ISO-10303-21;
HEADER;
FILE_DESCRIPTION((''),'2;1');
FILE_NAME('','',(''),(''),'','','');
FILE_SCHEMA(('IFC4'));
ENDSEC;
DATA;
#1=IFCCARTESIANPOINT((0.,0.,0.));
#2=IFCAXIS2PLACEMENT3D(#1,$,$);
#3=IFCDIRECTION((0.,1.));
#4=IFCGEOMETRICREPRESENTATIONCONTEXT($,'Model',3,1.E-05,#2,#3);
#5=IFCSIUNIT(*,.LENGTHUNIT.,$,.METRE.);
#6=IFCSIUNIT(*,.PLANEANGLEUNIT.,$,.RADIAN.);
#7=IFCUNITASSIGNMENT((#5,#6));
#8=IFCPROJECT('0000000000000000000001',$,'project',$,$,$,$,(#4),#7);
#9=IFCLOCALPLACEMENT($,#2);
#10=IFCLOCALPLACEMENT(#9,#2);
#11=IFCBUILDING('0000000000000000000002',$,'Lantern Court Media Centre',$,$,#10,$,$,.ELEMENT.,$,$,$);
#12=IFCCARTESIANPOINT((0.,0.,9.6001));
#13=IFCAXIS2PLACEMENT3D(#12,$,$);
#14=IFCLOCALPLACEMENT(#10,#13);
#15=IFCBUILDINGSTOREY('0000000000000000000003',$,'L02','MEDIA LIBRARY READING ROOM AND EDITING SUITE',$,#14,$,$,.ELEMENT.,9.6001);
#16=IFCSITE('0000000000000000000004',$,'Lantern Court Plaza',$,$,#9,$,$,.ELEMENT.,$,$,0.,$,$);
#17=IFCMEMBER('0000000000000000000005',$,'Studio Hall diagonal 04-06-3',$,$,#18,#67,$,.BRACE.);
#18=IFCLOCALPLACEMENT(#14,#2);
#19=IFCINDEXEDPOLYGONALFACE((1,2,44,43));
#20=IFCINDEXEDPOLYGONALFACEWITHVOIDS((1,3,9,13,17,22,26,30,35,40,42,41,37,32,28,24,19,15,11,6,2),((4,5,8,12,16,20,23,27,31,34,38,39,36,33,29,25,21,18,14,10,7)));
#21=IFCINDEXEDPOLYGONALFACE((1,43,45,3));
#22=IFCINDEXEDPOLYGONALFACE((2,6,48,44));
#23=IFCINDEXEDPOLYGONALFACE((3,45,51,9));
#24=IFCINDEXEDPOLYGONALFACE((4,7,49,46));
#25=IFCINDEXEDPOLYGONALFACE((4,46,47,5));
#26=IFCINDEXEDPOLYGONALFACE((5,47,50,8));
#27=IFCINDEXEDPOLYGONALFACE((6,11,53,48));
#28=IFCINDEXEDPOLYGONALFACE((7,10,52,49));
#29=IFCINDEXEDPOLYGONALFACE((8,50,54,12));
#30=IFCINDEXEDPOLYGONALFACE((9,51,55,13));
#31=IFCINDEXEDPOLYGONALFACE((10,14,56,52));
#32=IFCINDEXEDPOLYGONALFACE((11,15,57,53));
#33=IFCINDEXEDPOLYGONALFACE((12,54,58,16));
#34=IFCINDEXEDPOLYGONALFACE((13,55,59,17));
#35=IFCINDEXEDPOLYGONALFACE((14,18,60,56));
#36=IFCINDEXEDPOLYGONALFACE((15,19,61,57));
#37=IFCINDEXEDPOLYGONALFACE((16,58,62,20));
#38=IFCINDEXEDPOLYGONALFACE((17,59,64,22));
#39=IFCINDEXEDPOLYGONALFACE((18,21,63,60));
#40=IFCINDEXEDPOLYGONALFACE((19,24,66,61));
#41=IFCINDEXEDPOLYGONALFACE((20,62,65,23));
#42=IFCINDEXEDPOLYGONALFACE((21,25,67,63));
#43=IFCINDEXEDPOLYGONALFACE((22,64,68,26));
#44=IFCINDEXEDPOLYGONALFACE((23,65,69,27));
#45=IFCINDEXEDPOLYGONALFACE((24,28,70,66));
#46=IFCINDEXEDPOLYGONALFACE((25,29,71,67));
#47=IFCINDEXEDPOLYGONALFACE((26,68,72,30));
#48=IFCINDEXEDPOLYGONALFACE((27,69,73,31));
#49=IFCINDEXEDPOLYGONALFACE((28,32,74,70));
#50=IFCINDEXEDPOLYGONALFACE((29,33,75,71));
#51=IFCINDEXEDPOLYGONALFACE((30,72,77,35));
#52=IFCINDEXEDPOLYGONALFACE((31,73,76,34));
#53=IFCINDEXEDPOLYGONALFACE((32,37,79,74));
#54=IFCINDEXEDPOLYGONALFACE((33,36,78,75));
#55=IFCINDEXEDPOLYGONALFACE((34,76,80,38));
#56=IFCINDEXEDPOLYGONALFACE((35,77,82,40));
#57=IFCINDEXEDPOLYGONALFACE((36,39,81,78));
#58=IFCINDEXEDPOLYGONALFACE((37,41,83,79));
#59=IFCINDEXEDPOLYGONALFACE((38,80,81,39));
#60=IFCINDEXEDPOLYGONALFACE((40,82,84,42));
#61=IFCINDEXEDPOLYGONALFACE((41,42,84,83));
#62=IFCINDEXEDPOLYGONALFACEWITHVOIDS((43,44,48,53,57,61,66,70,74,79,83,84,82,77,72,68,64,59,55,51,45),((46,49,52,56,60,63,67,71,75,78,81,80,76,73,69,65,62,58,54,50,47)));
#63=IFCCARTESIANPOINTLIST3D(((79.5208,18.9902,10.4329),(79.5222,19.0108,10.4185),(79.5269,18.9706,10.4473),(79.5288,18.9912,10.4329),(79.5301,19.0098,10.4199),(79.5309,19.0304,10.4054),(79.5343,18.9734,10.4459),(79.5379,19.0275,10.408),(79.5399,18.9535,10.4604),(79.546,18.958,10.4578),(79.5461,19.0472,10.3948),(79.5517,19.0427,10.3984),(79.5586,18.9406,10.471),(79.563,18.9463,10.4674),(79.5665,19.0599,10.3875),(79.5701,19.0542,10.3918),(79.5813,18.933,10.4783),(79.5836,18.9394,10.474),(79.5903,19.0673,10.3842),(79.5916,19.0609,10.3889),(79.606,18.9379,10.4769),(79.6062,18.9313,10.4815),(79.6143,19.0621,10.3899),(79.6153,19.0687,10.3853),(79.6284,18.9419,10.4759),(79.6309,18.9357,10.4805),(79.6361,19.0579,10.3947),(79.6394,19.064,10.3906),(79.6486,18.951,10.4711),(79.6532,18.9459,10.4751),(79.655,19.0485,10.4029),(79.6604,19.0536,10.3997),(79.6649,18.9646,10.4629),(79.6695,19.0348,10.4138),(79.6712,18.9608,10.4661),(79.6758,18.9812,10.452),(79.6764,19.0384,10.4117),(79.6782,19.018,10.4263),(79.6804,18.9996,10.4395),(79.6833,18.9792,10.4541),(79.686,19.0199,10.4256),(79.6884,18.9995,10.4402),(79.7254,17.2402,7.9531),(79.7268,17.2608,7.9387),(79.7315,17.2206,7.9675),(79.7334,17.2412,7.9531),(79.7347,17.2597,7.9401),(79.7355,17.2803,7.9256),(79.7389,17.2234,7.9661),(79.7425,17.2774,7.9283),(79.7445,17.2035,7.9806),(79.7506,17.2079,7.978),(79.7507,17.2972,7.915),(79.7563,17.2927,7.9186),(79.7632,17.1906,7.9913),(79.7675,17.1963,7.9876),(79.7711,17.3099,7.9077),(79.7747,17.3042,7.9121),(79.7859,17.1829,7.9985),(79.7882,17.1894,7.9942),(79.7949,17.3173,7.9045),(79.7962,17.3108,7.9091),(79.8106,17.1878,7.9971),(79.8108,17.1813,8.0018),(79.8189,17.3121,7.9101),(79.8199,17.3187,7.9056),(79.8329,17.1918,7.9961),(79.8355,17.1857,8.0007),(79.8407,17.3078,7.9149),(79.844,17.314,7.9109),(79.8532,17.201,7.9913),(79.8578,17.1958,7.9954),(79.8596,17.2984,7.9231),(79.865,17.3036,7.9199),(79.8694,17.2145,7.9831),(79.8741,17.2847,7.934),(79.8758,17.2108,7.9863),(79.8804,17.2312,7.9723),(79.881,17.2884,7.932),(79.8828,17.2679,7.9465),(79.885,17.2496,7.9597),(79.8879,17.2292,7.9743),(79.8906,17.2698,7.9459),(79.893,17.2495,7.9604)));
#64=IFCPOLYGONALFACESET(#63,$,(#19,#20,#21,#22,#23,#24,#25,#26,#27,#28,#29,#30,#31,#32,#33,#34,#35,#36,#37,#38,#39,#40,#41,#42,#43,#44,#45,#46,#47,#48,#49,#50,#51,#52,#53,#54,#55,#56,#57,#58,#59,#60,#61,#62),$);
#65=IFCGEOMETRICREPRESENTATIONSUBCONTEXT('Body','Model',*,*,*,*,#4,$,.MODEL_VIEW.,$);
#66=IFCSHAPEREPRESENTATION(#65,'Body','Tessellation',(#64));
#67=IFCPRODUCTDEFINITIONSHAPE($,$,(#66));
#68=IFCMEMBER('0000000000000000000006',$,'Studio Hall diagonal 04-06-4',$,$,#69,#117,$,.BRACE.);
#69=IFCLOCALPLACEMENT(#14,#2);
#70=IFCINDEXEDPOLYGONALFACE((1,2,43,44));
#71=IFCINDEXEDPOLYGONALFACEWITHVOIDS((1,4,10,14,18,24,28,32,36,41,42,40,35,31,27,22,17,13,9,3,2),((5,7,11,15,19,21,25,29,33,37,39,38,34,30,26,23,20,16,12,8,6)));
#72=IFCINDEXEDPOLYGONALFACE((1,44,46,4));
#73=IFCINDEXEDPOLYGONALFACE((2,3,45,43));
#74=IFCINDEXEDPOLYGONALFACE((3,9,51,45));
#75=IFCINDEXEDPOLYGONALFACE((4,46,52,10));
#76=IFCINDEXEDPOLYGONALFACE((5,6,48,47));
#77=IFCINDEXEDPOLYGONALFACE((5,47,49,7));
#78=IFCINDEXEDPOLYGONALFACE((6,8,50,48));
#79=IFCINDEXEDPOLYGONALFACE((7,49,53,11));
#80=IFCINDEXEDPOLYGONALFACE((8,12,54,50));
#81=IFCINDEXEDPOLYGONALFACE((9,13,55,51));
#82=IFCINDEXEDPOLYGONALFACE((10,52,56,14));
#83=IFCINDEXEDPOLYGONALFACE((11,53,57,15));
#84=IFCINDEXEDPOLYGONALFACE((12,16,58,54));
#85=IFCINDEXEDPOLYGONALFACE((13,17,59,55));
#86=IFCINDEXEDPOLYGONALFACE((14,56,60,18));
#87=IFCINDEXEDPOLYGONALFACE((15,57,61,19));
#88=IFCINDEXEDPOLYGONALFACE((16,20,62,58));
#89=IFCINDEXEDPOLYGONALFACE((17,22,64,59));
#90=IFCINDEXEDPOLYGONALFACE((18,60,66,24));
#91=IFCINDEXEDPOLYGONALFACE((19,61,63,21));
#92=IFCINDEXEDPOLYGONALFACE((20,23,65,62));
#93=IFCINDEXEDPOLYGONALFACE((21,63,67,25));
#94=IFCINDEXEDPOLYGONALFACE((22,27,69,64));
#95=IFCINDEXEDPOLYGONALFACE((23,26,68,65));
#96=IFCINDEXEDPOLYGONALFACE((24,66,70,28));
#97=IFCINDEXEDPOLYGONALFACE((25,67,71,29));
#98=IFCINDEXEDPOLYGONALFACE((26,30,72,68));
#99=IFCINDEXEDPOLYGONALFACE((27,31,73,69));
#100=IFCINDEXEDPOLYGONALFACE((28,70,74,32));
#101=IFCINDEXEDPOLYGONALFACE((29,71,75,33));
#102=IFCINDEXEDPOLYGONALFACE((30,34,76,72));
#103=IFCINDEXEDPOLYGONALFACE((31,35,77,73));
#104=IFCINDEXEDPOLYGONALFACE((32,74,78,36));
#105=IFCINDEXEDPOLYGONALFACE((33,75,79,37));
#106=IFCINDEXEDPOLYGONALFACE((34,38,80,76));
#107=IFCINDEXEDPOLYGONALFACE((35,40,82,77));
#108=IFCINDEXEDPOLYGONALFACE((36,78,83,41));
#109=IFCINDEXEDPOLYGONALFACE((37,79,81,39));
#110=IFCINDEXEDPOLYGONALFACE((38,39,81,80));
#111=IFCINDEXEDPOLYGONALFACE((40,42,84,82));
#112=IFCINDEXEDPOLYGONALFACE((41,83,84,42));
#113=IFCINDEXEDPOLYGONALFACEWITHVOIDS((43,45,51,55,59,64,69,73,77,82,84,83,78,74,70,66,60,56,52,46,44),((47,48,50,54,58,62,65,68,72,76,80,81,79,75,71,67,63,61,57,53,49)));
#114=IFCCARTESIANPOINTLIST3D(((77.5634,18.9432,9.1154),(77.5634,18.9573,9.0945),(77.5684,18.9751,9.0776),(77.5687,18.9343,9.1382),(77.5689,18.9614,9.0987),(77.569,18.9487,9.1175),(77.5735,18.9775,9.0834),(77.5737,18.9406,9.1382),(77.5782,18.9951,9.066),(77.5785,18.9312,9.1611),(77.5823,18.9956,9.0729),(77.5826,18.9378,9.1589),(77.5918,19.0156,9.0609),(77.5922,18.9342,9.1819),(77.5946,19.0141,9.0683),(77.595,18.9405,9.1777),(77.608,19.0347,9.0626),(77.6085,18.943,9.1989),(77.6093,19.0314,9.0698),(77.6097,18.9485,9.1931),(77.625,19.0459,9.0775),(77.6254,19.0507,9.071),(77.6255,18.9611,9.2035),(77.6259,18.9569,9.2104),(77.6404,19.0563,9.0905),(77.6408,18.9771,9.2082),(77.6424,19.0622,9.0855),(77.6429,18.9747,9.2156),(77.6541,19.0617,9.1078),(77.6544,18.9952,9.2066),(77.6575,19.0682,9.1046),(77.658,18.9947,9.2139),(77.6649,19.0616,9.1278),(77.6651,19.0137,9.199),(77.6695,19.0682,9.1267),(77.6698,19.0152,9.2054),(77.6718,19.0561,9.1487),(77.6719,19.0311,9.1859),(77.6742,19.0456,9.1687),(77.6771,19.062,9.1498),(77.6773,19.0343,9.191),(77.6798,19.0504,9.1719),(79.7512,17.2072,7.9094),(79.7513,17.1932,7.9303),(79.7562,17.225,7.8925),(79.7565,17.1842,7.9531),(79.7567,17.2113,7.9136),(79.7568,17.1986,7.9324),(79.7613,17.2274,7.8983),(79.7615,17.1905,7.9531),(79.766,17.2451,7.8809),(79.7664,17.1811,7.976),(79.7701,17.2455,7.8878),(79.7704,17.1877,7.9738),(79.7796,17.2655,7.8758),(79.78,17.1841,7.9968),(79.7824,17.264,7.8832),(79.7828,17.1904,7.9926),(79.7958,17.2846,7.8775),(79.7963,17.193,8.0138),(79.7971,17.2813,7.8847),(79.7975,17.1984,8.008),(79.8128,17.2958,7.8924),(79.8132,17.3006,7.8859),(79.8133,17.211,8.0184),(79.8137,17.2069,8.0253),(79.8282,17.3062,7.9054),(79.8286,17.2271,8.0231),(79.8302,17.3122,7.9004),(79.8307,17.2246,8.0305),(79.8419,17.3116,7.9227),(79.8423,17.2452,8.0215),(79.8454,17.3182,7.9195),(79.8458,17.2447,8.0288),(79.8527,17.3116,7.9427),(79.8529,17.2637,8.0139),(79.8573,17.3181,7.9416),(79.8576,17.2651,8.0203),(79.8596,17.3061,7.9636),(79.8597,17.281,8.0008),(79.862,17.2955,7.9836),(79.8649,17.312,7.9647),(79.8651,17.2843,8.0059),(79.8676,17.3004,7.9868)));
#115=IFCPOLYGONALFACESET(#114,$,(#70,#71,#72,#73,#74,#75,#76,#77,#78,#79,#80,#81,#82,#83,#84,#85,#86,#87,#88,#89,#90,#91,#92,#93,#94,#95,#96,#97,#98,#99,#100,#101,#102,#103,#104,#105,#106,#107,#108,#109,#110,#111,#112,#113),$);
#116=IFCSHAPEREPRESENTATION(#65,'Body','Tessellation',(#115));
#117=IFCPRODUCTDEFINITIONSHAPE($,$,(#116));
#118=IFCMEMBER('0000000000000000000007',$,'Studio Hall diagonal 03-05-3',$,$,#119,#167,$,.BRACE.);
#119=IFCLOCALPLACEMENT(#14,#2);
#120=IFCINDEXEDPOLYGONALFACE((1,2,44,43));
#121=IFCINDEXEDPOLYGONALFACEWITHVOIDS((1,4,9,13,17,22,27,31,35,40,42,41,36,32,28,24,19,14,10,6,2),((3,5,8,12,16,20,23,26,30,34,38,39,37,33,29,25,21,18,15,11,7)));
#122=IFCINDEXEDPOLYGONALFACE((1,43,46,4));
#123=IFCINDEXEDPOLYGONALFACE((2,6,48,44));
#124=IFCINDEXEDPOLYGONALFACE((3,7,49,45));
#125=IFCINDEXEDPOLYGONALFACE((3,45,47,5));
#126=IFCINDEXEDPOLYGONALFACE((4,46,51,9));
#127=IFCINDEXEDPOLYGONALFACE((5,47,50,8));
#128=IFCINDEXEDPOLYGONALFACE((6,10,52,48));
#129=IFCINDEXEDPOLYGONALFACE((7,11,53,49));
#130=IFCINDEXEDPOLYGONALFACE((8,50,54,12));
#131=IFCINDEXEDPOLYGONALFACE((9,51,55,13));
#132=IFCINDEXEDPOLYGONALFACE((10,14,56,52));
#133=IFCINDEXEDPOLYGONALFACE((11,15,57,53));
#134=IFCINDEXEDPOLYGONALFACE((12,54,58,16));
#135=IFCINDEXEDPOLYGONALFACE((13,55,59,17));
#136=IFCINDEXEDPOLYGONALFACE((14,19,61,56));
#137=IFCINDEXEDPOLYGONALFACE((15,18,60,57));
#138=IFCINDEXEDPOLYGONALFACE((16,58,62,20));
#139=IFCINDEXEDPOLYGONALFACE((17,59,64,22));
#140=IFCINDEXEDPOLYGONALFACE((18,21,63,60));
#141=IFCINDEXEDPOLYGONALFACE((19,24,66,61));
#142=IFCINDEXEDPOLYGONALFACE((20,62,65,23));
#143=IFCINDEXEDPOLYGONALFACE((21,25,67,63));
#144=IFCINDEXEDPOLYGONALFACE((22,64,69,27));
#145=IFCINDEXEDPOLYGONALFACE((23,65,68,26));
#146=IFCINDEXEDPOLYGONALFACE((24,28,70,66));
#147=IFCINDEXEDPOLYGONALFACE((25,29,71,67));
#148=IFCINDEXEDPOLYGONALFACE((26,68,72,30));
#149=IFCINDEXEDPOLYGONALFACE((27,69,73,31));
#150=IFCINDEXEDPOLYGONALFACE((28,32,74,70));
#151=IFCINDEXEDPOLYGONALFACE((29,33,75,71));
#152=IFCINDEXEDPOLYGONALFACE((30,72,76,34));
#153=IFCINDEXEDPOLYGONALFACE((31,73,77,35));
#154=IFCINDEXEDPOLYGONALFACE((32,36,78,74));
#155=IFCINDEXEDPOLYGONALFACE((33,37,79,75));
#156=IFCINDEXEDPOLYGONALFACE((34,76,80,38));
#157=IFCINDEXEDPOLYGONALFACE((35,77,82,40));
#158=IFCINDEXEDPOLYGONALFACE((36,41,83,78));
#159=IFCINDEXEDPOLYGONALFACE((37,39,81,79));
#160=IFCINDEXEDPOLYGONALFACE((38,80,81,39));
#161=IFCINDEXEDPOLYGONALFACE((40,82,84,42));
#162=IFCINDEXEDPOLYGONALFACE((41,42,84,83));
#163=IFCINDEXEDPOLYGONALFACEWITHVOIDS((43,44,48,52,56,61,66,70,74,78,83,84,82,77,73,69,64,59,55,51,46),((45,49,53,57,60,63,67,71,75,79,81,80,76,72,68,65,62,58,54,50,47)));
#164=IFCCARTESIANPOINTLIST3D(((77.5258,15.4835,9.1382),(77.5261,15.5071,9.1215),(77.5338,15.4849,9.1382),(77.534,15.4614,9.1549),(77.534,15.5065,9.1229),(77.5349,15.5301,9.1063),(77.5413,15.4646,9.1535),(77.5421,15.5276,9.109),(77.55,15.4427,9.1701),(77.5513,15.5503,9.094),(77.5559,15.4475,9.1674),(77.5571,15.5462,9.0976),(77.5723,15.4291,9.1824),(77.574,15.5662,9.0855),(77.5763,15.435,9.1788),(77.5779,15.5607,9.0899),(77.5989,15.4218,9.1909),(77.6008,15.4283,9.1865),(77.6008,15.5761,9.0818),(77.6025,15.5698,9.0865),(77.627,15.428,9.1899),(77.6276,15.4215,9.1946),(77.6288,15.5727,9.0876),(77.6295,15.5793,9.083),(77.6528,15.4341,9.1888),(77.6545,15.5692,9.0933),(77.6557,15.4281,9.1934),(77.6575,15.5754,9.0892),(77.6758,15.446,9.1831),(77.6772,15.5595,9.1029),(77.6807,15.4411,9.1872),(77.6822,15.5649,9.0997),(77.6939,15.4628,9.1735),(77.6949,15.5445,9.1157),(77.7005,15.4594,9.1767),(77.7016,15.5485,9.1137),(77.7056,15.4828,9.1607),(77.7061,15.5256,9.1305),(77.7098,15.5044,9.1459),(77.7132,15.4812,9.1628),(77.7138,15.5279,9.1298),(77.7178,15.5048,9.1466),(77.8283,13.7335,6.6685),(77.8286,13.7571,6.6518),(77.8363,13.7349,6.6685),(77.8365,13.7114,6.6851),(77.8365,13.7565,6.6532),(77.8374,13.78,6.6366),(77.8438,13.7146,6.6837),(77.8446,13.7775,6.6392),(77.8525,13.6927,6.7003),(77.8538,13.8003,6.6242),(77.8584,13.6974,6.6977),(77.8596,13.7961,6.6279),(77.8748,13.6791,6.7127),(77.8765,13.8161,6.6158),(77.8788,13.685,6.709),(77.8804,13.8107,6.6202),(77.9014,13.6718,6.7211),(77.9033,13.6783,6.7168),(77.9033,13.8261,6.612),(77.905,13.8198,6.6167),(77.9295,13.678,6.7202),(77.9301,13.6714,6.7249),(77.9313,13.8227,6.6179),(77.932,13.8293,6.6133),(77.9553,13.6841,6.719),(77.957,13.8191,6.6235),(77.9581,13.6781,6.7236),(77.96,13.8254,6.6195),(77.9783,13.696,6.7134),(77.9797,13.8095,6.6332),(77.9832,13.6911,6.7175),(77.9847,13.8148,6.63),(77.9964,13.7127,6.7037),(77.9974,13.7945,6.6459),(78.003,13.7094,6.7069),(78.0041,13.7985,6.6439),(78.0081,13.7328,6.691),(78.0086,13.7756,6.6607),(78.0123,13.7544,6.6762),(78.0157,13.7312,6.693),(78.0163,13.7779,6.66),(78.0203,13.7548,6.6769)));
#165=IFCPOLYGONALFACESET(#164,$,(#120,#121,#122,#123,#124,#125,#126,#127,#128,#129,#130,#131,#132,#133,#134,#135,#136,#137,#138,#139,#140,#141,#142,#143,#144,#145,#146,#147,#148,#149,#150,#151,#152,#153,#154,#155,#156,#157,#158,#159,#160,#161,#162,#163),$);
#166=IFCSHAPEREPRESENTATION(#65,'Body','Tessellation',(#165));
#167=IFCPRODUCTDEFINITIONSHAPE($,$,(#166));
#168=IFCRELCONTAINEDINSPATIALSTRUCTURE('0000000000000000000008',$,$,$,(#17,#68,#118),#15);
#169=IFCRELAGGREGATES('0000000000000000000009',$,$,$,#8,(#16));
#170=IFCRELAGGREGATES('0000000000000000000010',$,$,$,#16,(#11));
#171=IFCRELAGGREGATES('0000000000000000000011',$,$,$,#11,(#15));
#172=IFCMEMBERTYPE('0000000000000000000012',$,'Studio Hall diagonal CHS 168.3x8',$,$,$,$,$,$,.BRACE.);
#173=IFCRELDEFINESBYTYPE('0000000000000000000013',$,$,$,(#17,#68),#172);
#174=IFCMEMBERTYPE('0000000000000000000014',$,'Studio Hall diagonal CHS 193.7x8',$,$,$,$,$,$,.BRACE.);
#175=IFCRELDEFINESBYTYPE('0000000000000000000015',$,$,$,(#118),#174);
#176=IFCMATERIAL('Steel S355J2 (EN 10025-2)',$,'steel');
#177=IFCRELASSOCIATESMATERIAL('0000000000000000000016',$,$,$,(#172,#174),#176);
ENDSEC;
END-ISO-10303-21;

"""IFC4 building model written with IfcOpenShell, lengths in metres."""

from ifc_helpers import new_model, si_unit, direction, frame, origin, origin_2d, place, context, subcontext, project, spatial, hollow_circle, extrude, material, material_profile, profile_set, type_object, element, save


model = new_model("IFC4")

# Units and contexts
model_context = context("Model", 3, precision=1e-05, world=origin(), true_north=direction((0.0, 1.0)))
body_context = subcontext(model_context, "Body", "Model", "MODEL_VIEW")
ifc_project = project(units=[si_unit("LENGTHUNIT", "METRE"), si_unit("PLANEANGLEUNIT", "RADIAN")], contexts=[model_context])

# Site, building, storey
site_placement = place(None, origin())
site = spatial("IfcSite", under=ifc_project, at=site_placement, Name="Lantern Court Plaza", CompositionType="ELEMENT", RefElevation=0.0)
building_placement = place(site_placement, origin())
building = spatial("IfcBuilding", under=site, at=building_placement, Name="Lantern Court Media Centre", CompositionType="ELEMENT")
storey_placement = place(building_placement, frame((0.0, 0.0, 9.6001)))
storey = spatial("IfcBuildingStorey", under=building, at=storey_placement, Name="L02", Description="MEDIA LIBRARY READING ROOM AND EDITING SUITE", CompositionType="ELEMENT", Elevation=9.6001)

# Members
ifc_material = material(Name="Steel S355J2 (EN 10025-2)", Category="steel")
ifc_material_profile_1 = material_profile(ifc_material, hollow_circle(Radius=0.0842, WallThickness=0.0081, at=origin_2d()), Name="Studio Hall diagonal CHS 168.3x8")
ifc_profile_set_1 = profile_set([ifc_material_profile_1], Name="Steel S355J2 (EN 10025-2)")
member_type_1 = type_object("IfcMemberType", Name="Studio Hall diagonal CHS 168.3x8", PredefinedType="BRACE", material=ifc_profile_set_1)
for number, where, z_axis, x_axis, name in (
    (1, (79.8091, 17.25, 7.9531), (-0.067256, 0.575289, 0.81518), (-0.993235, -0.116118, 0.0), "Studio Hall diagonal 04-06-3"),
    (2, (79.8091, 17.25, 7.9531), (-0.719206, 0.5753, 0.38958), (-0.624653, -0.780903, 0.0), "Studio Hall diagonal 04-06-4"),
):
    element("IfcMember", number, at=place(storey_placement, frame(where, z_axis=z_axis, x_axis=x_axis)), inside=storey, type_object=member_type_1, Name=name, PredefinedType="BRACE", context=body_context, shape_type="SweptSolid", body=[
        extrude(hollow_circle(Radius=0.0842, WallThickness=0.0081, at=origin_2d()), origin(), (0.0, 0.0, 1.0), 3.042),
    ])
ifc_material_profile_2 = material_profile(ifc_material, hollow_circle(Radius=0.0969, WallThickness=0.0081, at=origin_2d()), Name="Studio Hall diagonal CHS 193.7x8")
ifc_profile_set_2 = profile_set([ifc_material_profile_2], Name="Steel S355J2 (EN 10025-2)")
member_type_2 = type_object("IfcMemberType", Name="Studio Hall diagonal CHS 193.7x8", PredefinedType="BRACE", material=ifc_profile_set_2)
for number, where, z_axis, x_axis, name in (
    (3, (77.9238, 13.75, 6.6685), (-0.099439, 0.575286, 0.811885), (-0.985388, -0.170326, 0.0), "Studio Hall diagonal 03-05-3"),
):
    element("IfcMember", number, at=place(storey_placement, frame(where, z_axis=z_axis, x_axis=x_axis)), inside=storey, type_object=member_type_2, Name=name, PredefinedType="BRACE", context=body_context, shape_type="SweptSolid", body=[
        extrude(hollow_circle(Radius=0.0969, WallThickness=0.0081, at=origin_2d()), origin(), (0.0, 0.0, 1.0), 3.042),
    ])

save(model, "model.ifc")
